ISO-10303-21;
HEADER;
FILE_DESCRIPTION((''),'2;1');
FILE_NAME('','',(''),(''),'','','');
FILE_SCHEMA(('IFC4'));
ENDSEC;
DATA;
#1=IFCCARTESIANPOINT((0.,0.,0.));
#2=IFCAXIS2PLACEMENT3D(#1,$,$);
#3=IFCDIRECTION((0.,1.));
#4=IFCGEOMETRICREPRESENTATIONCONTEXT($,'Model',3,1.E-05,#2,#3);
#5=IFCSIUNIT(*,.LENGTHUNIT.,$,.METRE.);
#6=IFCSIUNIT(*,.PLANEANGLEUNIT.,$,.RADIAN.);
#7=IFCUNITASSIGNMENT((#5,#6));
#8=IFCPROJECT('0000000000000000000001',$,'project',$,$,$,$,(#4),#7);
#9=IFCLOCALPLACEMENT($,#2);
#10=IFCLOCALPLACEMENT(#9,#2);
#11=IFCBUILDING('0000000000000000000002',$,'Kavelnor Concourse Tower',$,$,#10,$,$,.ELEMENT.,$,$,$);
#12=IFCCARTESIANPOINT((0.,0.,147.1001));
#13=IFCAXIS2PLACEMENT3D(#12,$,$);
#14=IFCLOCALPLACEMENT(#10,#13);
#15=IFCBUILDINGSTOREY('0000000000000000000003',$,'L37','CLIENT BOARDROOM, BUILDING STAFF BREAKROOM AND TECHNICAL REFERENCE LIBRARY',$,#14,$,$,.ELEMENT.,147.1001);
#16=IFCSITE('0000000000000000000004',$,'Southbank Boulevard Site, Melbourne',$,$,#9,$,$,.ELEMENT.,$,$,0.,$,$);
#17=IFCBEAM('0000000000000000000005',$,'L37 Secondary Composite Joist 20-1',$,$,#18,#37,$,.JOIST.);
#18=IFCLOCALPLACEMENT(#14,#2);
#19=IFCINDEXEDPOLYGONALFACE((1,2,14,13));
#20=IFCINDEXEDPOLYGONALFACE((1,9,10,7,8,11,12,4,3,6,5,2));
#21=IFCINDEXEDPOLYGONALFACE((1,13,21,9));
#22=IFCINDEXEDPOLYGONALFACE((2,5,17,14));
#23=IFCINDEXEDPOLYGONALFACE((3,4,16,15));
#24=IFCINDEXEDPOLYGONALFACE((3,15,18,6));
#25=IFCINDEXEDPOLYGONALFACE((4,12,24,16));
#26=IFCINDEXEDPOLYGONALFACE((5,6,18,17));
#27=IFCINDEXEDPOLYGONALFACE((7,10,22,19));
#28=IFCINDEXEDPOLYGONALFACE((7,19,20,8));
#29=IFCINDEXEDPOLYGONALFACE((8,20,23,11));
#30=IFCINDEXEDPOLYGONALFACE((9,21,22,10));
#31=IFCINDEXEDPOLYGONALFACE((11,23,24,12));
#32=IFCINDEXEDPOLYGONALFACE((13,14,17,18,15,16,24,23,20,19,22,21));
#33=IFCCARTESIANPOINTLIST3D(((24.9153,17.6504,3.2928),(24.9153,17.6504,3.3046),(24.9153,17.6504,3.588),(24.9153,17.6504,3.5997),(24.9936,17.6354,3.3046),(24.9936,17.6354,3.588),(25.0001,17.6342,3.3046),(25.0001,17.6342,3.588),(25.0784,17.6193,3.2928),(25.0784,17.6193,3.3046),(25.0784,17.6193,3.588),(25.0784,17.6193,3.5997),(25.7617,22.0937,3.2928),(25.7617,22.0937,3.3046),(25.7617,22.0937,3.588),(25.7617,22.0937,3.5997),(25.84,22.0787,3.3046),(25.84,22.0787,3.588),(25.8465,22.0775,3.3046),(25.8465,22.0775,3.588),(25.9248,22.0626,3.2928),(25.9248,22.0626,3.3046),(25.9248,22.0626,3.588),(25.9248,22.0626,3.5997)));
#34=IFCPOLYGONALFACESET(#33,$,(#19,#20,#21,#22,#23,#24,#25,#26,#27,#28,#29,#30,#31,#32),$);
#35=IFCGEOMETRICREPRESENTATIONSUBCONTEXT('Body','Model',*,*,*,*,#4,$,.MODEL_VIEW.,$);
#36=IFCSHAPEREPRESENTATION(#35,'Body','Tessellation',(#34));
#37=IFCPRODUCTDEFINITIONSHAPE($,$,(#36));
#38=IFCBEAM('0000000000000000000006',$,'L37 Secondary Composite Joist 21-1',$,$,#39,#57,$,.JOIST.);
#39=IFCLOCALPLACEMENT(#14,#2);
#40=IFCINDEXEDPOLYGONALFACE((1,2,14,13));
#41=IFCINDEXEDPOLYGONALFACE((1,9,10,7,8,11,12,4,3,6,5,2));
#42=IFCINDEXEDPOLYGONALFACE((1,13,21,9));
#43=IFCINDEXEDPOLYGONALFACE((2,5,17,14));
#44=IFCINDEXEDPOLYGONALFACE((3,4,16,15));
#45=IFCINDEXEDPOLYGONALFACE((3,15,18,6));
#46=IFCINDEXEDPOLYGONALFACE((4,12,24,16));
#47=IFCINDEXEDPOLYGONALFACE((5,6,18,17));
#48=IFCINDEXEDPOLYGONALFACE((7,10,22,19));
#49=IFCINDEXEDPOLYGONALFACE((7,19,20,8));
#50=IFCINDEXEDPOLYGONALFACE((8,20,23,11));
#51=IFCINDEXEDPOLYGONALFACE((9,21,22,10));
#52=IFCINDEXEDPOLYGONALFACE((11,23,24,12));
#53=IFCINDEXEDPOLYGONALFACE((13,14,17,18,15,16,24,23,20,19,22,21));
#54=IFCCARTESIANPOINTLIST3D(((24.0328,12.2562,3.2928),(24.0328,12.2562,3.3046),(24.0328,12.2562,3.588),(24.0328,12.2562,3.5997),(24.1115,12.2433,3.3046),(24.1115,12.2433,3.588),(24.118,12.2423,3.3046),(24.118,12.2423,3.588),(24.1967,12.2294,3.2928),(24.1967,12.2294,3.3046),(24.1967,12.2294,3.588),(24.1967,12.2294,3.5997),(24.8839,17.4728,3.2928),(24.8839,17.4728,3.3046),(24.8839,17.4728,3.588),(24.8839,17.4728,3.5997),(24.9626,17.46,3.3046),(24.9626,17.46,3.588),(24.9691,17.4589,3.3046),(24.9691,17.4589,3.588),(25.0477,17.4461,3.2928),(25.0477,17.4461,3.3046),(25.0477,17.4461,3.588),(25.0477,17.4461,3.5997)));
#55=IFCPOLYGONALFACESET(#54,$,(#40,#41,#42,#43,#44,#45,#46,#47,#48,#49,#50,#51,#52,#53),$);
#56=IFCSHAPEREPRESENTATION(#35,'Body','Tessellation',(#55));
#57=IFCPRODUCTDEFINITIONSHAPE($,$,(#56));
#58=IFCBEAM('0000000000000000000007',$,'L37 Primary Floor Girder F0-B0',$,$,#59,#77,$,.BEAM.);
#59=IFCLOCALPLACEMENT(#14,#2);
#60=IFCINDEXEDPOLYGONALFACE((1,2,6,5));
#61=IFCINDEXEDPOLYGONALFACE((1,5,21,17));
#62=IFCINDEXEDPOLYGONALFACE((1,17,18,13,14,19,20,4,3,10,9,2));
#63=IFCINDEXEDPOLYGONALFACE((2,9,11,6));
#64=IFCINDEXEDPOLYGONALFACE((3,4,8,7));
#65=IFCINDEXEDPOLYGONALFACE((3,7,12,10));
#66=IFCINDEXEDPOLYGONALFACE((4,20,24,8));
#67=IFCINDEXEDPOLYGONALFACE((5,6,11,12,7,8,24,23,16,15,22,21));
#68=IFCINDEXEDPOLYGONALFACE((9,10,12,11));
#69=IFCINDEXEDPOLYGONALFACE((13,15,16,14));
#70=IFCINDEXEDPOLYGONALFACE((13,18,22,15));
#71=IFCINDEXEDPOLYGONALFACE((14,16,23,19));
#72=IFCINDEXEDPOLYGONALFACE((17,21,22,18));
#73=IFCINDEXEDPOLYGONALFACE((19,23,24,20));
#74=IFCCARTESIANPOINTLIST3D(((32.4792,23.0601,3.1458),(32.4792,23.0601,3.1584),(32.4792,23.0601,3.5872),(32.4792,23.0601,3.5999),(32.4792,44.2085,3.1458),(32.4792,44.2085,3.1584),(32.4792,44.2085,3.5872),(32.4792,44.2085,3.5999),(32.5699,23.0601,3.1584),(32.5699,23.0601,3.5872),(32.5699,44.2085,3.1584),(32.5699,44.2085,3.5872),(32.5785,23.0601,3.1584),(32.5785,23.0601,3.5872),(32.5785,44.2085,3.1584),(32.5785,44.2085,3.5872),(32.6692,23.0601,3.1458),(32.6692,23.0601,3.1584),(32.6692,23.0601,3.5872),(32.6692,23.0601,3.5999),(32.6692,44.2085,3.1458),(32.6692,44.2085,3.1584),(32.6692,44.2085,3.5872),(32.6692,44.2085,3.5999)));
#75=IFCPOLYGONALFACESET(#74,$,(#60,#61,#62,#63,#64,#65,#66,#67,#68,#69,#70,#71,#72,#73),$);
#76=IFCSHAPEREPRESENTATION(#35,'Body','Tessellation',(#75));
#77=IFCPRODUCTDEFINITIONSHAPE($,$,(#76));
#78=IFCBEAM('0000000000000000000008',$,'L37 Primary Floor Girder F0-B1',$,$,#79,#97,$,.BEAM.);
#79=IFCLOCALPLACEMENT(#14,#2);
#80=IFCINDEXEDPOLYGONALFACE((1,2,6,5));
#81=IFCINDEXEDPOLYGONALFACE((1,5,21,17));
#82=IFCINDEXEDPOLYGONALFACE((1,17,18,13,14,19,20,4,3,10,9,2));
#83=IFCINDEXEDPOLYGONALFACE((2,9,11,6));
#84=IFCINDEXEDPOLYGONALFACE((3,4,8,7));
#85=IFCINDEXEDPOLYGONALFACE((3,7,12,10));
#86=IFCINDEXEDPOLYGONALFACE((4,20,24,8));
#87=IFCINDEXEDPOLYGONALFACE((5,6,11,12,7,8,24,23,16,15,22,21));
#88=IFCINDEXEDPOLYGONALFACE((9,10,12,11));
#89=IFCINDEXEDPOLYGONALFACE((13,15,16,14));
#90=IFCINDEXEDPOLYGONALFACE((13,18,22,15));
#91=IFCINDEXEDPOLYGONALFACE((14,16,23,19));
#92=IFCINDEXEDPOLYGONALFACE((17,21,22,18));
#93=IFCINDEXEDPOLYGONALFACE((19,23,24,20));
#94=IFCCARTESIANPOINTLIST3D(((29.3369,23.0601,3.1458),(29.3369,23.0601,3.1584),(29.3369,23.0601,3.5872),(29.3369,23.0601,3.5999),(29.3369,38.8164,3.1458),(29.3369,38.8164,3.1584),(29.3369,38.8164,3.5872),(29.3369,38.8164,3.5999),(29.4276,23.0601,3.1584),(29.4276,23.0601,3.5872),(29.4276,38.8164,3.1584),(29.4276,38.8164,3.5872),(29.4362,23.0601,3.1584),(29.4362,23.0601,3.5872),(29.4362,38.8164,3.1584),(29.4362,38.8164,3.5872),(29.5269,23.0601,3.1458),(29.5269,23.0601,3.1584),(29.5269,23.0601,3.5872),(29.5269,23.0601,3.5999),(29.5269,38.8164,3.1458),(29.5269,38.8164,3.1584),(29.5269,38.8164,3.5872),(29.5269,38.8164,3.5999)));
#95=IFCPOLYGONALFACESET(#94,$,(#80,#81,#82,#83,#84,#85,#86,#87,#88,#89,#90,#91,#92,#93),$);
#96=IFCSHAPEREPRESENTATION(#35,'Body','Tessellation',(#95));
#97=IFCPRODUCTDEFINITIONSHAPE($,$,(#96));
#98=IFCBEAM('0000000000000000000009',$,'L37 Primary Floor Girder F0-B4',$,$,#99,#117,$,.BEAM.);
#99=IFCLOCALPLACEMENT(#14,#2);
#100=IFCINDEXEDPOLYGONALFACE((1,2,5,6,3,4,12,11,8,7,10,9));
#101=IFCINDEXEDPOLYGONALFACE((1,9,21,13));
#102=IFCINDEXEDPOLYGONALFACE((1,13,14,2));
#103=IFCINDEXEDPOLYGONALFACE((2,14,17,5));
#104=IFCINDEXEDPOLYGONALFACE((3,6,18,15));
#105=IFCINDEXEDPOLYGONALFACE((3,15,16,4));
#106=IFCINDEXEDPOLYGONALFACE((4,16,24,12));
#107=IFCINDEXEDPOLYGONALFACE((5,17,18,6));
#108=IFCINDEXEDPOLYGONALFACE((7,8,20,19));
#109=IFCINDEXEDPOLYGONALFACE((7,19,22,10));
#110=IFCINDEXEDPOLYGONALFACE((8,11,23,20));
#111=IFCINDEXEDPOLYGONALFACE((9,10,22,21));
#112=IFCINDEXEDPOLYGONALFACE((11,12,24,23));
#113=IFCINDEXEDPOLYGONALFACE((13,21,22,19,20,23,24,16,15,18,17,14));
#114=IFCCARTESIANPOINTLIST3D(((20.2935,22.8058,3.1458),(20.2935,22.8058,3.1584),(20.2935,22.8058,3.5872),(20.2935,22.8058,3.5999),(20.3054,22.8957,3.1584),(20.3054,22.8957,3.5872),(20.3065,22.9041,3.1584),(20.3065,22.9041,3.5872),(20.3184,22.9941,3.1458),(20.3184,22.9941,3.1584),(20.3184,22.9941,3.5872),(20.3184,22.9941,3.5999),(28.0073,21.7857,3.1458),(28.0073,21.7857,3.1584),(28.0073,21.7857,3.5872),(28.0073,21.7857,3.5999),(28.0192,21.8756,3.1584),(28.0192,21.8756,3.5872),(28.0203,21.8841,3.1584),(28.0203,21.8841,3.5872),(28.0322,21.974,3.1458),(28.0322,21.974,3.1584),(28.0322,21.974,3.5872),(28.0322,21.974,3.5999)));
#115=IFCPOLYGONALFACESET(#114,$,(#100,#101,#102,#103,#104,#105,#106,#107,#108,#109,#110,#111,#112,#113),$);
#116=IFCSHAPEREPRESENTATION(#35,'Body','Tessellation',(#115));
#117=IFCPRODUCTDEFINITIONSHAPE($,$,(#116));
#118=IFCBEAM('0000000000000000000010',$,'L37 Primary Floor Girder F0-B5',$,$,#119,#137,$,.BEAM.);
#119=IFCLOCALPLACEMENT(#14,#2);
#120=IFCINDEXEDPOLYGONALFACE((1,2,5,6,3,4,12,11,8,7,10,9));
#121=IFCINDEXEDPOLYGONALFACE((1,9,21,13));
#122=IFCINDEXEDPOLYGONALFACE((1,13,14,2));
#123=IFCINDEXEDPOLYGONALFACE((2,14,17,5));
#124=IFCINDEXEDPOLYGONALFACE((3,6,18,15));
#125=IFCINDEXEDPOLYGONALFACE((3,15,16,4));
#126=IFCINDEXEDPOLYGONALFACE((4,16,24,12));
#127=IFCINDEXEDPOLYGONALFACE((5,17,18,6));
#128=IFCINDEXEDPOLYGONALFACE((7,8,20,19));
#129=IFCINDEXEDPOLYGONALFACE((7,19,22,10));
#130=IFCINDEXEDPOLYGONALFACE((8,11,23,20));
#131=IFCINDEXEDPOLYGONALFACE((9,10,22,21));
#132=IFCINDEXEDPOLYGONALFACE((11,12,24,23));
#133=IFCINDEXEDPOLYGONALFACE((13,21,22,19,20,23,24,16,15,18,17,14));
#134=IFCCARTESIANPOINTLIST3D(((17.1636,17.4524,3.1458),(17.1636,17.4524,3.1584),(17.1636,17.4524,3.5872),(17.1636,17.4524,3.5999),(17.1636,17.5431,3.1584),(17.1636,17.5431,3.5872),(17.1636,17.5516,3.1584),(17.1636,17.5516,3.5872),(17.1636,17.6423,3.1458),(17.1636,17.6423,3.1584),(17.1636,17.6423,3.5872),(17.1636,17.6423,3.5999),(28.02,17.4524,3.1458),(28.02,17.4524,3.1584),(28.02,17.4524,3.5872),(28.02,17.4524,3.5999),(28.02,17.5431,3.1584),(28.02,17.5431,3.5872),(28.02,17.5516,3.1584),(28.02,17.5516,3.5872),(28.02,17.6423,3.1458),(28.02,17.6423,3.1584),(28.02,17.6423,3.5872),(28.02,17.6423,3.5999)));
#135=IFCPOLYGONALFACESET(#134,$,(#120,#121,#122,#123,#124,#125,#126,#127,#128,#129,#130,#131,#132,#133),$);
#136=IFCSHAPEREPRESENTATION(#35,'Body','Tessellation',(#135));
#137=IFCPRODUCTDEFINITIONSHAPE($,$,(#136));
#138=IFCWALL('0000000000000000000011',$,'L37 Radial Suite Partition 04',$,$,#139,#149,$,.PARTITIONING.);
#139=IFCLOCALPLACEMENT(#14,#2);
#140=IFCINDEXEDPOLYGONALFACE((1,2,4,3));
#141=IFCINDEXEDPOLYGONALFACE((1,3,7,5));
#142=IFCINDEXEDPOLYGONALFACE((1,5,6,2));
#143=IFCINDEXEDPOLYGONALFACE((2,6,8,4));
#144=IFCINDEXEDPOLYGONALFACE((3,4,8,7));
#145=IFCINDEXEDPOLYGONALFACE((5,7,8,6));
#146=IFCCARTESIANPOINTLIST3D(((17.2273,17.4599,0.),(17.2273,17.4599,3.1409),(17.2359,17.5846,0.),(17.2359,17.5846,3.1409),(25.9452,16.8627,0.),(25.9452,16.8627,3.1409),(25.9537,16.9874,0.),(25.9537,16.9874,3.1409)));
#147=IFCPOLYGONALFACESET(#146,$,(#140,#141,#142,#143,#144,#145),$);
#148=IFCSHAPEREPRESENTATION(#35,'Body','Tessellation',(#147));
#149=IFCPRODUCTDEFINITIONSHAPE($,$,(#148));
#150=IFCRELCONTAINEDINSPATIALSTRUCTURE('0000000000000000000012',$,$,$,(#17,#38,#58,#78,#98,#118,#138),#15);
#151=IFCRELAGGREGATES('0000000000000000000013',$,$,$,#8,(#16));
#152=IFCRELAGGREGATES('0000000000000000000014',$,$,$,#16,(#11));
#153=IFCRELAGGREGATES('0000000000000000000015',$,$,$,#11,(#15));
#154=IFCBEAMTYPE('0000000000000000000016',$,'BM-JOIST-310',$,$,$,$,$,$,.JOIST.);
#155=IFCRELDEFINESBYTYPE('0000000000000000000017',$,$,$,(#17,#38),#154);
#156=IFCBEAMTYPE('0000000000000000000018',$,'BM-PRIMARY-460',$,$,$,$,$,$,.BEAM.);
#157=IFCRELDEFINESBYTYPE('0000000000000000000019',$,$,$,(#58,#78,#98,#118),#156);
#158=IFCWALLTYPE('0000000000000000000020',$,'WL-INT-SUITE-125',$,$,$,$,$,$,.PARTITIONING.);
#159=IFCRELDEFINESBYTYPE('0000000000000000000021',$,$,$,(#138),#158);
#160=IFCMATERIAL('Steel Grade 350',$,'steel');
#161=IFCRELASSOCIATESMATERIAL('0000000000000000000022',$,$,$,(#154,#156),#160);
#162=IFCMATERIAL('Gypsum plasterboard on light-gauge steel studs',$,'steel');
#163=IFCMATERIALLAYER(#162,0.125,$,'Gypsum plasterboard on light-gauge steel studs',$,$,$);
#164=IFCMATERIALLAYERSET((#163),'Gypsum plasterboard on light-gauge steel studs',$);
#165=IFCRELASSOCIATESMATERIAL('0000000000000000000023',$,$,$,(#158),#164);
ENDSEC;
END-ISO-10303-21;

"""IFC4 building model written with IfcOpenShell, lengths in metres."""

from ifc_helpers import new_model, si_unit, direction, frame, frame_2d, origin, origin_2d, place, context, subcontext, project, spatial, rectangle, i_section, extrude, material, layer, layer_set, material_profile, profile_set, type_object, element, save


model = new_model("IFC4")

# Units and contexts
model_context = context("Model", 3, precision=1e-05, world=origin(), true_north=direction((0.0, 1.0)))
body_context = subcontext(model_context, "Body", "Model", "MODEL_VIEW")
ifc_project = project(units=[si_unit("LENGTHUNIT", "METRE"), si_unit("PLANEANGLEUNIT", "RADIAN")], contexts=[model_context])

# Site, building, storey
site_placement = place(None, origin())
site = spatial("IfcSite", under=ifc_project, at=site_placement, Name="Southbank Boulevard Site, Melbourne", CompositionType="ELEMENT", RefElevation=0.0)
building_placement = place(site_placement, origin())
building = spatial("IfcBuilding", under=site, at=building_placement, Name="Kavelnor Concourse Tower", CompositionType="ELEMENT")
storey_placement = place(building_placement, frame((0.0, 0.0, 147.1001)))
storey = spatial("IfcBuildingStorey", under=building, at=storey_placement, Name="L37", Description="CLIENT BOARDROOM, BUILDING STAFF BREAKROOM AND TECHNICAL REFERENCE LIBRARY", CompositionType="ELEMENT", Elevation=147.1001)

# Beams
ifc_material_1 = material(Name="Steel Grade 350", Category="steel")
ifc_material_profile_1 = material_profile(ifc_material_1, i_section(OverallWidth=0.166, OverallDepth=0.3069, WebThickness=0.0066, FlangeThickness=0.0117, at=origin_2d()), Name="310UB46")
ifc_profile_set_1 = profile_set([ifc_material_profile_1], Name="Steel Grade 350")
beam_type_1 = type_object("IfcBeamType", Name="BM-JOIST-310", PredefinedType="JOIST", material=ifc_profile_set_1)
beam_1_placement = place(storey_placement, frame((25.8433, 22.0781, 3.4463), z_axis=(-0.187129, -0.982335, 0.0), x_axis=(0.982335, -0.187129, 0.0)))
element("IfcBeam", 1, at=beam_1_placement, inside=storey, type_object=beam_type_1, Name="L37 Secondary Composite Joist 20-1", PredefinedType="JOIST", context=body_context, shape_type="SweptSolid", body=[
    extrude(i_section(OverallWidth=0.166, OverallDepth=0.3069, WebThickness=0.0066, FlangeThickness=0.0117, at=origin_2d()), origin(), (0.0, 0.0, 1.0), 4.5232),
])
beam_2_placement = place(storey_placement, frame((24.9658, 17.4595, 3.4463), z_axis=(-0.16102, -0.986951, 0.0), x_axis=(0.986951, -0.16102, 0.0)))
element("IfcBeam", 2, at=beam_2_placement, inside=storey, type_object=beam_type_1, Name="L37 Secondary Composite Joist 21-1", PredefinedType="JOIST", context=body_context, shape_type="SweptSolid", body=[
    extrude(i_section(OverallWidth=0.166, OverallDepth=0.3069, WebThickness=0.0066, FlangeThickness=0.0117, at=origin_2d()), origin(), (0.0, 0.0, 1.0), 5.2856),
])
ifc_material_profile_2 = material_profile(ifc_material_1, i_section(OverallWidth=0.1899, OverallDepth=0.4541, WebThickness=0.0085, FlangeThickness=0.0127, at=origin_2d()), Name="460UB67")
ifc_profile_set_2 = profile_set([ifc_material_profile_2], Name="Steel Grade 350")
beam_type_2 = type_object("IfcBeamType", Name="BM-PRIMARY-460", PredefinedType="BEAM", material=ifc_profile_set_2)
beam_3_placement = place(storey_placement, frame((32.5742, 23.0601, 3.3728), z_axis=(0.0, 1.0, 0.0), x_axis=(-1.0, 0.0, 0.0)))
element("IfcBeam", 3, at=beam_3_placement, inside=storey, type_object=beam_type_2, Name="L37 Primary Floor Girder F0-B0", PredefinedType="BEAM", context=body_context, shape_type="SweptSolid", body=[
    extrude(i_section(OverallWidth=0.1899, OverallDepth=0.4541, WebThickness=0.0085, FlangeThickness=0.0127, at=origin_2d()), origin(), (0.0, 0.0, 1.0), 21.1484),
])
beam_4_placement = place(storey_placement, frame((29.4319, 23.0601, 3.3728), z_axis=(0.0, 1.0, 0.0), x_axis=(-1.0, 0.0, 0.0)))
element("IfcBeam", 4, at=beam_4_placement, inside=storey, type_object=beam_type_2, Name="L37 Primary Floor Girder F0-B1", PredefinedType="BEAM", context=body_context, shape_type="SweptSolid", body=[
    extrude(i_section(OverallWidth=0.1899, OverallDepth=0.4541, WebThickness=0.0085, FlangeThickness=0.0127, at=origin_2d()), origin(), (0.0, 0.0, 1.0), 15.7563),
])
beam_5_placement = place(storey_placement, frame((28.0198, 21.8799, 3.3728), z_axis=(-0.99137, 0.131091, 0.0), x_axis=(-0.131091, -0.99137, 0.0)))
element("IfcBeam", 5, at=beam_5_placement, inside=storey, type_object=beam_type_2, Name="L37 Primary Floor Girder F0-B4", PredefinedType="BEAM", context=body_context, shape_type="SweptSolid", body=[
    extrude(i_section(OverallWidth=0.1899, OverallDepth=0.4541, WebThickness=0.0085, FlangeThickness=0.0127, at=origin_2d()), origin(), (0.0, 0.0, 1.0), 7.781),
])
beam_6_placement = place(storey_placement, frame((28.02, 17.5474, 3.3728), z_axis=(-1.0, 0.0, 0.0), x_axis=(0.0, -1.0, 0.0)))
element("IfcBeam", 6, at=beam_6_placement, inside=storey, type_object=beam_type_2, Name="L37 Primary Floor Girder F0-B5", PredefinedType="BEAM", context=body_context, shape_type="SweptSolid", body=[
    extrude(i_section(OverallWidth=0.1899, OverallDepth=0.4541, WebThickness=0.0085, FlangeThickness=0.0127, at=origin_2d()), origin(), (0.0, 0.0, 1.0), 10.8564),
])

# Wall
ifc_material_2 = material(Name="Gypsum plasterboard on light-gauge steel studs", Category="steel")
ifc_layer_1 = layer(ifc_material_2, 0.125, Name="Gypsum plasterboard on light-gauge steel studs")
ifc_layer_set_1 = layer_set([ifc_layer_1], Name="Gypsum plasterboard on light-gauge steel studs")
wall_type_1 = type_object("IfcWallType", Name="WL-INT-SUITE-125", PredefinedType="PARTITIONING", material=ifc_layer_set_1)
wall_1_placement = place(storey_placement, frame((25.9495, 16.925, 0.0), z_axis=(0.0, 0.0, 1.0), x_axis=(-0.997662, 0.06834, 0.0)))
element("IfcWall", 7, at=wall_1_placement, inside=storey, type_object=wall_type_1, Name="L37 Radial Suite Partition 04", PredefinedType="PARTITIONING", context=body_context, shape_type="SweptSolid", body=[
    extrude(rectangle(XDim=8.7383, YDim=0.125, at=frame_2d((4.3691, 0.0))), origin(), (0.0, 0.0, 1.0), 3.1409),
])

save(model, "model.ifc")
